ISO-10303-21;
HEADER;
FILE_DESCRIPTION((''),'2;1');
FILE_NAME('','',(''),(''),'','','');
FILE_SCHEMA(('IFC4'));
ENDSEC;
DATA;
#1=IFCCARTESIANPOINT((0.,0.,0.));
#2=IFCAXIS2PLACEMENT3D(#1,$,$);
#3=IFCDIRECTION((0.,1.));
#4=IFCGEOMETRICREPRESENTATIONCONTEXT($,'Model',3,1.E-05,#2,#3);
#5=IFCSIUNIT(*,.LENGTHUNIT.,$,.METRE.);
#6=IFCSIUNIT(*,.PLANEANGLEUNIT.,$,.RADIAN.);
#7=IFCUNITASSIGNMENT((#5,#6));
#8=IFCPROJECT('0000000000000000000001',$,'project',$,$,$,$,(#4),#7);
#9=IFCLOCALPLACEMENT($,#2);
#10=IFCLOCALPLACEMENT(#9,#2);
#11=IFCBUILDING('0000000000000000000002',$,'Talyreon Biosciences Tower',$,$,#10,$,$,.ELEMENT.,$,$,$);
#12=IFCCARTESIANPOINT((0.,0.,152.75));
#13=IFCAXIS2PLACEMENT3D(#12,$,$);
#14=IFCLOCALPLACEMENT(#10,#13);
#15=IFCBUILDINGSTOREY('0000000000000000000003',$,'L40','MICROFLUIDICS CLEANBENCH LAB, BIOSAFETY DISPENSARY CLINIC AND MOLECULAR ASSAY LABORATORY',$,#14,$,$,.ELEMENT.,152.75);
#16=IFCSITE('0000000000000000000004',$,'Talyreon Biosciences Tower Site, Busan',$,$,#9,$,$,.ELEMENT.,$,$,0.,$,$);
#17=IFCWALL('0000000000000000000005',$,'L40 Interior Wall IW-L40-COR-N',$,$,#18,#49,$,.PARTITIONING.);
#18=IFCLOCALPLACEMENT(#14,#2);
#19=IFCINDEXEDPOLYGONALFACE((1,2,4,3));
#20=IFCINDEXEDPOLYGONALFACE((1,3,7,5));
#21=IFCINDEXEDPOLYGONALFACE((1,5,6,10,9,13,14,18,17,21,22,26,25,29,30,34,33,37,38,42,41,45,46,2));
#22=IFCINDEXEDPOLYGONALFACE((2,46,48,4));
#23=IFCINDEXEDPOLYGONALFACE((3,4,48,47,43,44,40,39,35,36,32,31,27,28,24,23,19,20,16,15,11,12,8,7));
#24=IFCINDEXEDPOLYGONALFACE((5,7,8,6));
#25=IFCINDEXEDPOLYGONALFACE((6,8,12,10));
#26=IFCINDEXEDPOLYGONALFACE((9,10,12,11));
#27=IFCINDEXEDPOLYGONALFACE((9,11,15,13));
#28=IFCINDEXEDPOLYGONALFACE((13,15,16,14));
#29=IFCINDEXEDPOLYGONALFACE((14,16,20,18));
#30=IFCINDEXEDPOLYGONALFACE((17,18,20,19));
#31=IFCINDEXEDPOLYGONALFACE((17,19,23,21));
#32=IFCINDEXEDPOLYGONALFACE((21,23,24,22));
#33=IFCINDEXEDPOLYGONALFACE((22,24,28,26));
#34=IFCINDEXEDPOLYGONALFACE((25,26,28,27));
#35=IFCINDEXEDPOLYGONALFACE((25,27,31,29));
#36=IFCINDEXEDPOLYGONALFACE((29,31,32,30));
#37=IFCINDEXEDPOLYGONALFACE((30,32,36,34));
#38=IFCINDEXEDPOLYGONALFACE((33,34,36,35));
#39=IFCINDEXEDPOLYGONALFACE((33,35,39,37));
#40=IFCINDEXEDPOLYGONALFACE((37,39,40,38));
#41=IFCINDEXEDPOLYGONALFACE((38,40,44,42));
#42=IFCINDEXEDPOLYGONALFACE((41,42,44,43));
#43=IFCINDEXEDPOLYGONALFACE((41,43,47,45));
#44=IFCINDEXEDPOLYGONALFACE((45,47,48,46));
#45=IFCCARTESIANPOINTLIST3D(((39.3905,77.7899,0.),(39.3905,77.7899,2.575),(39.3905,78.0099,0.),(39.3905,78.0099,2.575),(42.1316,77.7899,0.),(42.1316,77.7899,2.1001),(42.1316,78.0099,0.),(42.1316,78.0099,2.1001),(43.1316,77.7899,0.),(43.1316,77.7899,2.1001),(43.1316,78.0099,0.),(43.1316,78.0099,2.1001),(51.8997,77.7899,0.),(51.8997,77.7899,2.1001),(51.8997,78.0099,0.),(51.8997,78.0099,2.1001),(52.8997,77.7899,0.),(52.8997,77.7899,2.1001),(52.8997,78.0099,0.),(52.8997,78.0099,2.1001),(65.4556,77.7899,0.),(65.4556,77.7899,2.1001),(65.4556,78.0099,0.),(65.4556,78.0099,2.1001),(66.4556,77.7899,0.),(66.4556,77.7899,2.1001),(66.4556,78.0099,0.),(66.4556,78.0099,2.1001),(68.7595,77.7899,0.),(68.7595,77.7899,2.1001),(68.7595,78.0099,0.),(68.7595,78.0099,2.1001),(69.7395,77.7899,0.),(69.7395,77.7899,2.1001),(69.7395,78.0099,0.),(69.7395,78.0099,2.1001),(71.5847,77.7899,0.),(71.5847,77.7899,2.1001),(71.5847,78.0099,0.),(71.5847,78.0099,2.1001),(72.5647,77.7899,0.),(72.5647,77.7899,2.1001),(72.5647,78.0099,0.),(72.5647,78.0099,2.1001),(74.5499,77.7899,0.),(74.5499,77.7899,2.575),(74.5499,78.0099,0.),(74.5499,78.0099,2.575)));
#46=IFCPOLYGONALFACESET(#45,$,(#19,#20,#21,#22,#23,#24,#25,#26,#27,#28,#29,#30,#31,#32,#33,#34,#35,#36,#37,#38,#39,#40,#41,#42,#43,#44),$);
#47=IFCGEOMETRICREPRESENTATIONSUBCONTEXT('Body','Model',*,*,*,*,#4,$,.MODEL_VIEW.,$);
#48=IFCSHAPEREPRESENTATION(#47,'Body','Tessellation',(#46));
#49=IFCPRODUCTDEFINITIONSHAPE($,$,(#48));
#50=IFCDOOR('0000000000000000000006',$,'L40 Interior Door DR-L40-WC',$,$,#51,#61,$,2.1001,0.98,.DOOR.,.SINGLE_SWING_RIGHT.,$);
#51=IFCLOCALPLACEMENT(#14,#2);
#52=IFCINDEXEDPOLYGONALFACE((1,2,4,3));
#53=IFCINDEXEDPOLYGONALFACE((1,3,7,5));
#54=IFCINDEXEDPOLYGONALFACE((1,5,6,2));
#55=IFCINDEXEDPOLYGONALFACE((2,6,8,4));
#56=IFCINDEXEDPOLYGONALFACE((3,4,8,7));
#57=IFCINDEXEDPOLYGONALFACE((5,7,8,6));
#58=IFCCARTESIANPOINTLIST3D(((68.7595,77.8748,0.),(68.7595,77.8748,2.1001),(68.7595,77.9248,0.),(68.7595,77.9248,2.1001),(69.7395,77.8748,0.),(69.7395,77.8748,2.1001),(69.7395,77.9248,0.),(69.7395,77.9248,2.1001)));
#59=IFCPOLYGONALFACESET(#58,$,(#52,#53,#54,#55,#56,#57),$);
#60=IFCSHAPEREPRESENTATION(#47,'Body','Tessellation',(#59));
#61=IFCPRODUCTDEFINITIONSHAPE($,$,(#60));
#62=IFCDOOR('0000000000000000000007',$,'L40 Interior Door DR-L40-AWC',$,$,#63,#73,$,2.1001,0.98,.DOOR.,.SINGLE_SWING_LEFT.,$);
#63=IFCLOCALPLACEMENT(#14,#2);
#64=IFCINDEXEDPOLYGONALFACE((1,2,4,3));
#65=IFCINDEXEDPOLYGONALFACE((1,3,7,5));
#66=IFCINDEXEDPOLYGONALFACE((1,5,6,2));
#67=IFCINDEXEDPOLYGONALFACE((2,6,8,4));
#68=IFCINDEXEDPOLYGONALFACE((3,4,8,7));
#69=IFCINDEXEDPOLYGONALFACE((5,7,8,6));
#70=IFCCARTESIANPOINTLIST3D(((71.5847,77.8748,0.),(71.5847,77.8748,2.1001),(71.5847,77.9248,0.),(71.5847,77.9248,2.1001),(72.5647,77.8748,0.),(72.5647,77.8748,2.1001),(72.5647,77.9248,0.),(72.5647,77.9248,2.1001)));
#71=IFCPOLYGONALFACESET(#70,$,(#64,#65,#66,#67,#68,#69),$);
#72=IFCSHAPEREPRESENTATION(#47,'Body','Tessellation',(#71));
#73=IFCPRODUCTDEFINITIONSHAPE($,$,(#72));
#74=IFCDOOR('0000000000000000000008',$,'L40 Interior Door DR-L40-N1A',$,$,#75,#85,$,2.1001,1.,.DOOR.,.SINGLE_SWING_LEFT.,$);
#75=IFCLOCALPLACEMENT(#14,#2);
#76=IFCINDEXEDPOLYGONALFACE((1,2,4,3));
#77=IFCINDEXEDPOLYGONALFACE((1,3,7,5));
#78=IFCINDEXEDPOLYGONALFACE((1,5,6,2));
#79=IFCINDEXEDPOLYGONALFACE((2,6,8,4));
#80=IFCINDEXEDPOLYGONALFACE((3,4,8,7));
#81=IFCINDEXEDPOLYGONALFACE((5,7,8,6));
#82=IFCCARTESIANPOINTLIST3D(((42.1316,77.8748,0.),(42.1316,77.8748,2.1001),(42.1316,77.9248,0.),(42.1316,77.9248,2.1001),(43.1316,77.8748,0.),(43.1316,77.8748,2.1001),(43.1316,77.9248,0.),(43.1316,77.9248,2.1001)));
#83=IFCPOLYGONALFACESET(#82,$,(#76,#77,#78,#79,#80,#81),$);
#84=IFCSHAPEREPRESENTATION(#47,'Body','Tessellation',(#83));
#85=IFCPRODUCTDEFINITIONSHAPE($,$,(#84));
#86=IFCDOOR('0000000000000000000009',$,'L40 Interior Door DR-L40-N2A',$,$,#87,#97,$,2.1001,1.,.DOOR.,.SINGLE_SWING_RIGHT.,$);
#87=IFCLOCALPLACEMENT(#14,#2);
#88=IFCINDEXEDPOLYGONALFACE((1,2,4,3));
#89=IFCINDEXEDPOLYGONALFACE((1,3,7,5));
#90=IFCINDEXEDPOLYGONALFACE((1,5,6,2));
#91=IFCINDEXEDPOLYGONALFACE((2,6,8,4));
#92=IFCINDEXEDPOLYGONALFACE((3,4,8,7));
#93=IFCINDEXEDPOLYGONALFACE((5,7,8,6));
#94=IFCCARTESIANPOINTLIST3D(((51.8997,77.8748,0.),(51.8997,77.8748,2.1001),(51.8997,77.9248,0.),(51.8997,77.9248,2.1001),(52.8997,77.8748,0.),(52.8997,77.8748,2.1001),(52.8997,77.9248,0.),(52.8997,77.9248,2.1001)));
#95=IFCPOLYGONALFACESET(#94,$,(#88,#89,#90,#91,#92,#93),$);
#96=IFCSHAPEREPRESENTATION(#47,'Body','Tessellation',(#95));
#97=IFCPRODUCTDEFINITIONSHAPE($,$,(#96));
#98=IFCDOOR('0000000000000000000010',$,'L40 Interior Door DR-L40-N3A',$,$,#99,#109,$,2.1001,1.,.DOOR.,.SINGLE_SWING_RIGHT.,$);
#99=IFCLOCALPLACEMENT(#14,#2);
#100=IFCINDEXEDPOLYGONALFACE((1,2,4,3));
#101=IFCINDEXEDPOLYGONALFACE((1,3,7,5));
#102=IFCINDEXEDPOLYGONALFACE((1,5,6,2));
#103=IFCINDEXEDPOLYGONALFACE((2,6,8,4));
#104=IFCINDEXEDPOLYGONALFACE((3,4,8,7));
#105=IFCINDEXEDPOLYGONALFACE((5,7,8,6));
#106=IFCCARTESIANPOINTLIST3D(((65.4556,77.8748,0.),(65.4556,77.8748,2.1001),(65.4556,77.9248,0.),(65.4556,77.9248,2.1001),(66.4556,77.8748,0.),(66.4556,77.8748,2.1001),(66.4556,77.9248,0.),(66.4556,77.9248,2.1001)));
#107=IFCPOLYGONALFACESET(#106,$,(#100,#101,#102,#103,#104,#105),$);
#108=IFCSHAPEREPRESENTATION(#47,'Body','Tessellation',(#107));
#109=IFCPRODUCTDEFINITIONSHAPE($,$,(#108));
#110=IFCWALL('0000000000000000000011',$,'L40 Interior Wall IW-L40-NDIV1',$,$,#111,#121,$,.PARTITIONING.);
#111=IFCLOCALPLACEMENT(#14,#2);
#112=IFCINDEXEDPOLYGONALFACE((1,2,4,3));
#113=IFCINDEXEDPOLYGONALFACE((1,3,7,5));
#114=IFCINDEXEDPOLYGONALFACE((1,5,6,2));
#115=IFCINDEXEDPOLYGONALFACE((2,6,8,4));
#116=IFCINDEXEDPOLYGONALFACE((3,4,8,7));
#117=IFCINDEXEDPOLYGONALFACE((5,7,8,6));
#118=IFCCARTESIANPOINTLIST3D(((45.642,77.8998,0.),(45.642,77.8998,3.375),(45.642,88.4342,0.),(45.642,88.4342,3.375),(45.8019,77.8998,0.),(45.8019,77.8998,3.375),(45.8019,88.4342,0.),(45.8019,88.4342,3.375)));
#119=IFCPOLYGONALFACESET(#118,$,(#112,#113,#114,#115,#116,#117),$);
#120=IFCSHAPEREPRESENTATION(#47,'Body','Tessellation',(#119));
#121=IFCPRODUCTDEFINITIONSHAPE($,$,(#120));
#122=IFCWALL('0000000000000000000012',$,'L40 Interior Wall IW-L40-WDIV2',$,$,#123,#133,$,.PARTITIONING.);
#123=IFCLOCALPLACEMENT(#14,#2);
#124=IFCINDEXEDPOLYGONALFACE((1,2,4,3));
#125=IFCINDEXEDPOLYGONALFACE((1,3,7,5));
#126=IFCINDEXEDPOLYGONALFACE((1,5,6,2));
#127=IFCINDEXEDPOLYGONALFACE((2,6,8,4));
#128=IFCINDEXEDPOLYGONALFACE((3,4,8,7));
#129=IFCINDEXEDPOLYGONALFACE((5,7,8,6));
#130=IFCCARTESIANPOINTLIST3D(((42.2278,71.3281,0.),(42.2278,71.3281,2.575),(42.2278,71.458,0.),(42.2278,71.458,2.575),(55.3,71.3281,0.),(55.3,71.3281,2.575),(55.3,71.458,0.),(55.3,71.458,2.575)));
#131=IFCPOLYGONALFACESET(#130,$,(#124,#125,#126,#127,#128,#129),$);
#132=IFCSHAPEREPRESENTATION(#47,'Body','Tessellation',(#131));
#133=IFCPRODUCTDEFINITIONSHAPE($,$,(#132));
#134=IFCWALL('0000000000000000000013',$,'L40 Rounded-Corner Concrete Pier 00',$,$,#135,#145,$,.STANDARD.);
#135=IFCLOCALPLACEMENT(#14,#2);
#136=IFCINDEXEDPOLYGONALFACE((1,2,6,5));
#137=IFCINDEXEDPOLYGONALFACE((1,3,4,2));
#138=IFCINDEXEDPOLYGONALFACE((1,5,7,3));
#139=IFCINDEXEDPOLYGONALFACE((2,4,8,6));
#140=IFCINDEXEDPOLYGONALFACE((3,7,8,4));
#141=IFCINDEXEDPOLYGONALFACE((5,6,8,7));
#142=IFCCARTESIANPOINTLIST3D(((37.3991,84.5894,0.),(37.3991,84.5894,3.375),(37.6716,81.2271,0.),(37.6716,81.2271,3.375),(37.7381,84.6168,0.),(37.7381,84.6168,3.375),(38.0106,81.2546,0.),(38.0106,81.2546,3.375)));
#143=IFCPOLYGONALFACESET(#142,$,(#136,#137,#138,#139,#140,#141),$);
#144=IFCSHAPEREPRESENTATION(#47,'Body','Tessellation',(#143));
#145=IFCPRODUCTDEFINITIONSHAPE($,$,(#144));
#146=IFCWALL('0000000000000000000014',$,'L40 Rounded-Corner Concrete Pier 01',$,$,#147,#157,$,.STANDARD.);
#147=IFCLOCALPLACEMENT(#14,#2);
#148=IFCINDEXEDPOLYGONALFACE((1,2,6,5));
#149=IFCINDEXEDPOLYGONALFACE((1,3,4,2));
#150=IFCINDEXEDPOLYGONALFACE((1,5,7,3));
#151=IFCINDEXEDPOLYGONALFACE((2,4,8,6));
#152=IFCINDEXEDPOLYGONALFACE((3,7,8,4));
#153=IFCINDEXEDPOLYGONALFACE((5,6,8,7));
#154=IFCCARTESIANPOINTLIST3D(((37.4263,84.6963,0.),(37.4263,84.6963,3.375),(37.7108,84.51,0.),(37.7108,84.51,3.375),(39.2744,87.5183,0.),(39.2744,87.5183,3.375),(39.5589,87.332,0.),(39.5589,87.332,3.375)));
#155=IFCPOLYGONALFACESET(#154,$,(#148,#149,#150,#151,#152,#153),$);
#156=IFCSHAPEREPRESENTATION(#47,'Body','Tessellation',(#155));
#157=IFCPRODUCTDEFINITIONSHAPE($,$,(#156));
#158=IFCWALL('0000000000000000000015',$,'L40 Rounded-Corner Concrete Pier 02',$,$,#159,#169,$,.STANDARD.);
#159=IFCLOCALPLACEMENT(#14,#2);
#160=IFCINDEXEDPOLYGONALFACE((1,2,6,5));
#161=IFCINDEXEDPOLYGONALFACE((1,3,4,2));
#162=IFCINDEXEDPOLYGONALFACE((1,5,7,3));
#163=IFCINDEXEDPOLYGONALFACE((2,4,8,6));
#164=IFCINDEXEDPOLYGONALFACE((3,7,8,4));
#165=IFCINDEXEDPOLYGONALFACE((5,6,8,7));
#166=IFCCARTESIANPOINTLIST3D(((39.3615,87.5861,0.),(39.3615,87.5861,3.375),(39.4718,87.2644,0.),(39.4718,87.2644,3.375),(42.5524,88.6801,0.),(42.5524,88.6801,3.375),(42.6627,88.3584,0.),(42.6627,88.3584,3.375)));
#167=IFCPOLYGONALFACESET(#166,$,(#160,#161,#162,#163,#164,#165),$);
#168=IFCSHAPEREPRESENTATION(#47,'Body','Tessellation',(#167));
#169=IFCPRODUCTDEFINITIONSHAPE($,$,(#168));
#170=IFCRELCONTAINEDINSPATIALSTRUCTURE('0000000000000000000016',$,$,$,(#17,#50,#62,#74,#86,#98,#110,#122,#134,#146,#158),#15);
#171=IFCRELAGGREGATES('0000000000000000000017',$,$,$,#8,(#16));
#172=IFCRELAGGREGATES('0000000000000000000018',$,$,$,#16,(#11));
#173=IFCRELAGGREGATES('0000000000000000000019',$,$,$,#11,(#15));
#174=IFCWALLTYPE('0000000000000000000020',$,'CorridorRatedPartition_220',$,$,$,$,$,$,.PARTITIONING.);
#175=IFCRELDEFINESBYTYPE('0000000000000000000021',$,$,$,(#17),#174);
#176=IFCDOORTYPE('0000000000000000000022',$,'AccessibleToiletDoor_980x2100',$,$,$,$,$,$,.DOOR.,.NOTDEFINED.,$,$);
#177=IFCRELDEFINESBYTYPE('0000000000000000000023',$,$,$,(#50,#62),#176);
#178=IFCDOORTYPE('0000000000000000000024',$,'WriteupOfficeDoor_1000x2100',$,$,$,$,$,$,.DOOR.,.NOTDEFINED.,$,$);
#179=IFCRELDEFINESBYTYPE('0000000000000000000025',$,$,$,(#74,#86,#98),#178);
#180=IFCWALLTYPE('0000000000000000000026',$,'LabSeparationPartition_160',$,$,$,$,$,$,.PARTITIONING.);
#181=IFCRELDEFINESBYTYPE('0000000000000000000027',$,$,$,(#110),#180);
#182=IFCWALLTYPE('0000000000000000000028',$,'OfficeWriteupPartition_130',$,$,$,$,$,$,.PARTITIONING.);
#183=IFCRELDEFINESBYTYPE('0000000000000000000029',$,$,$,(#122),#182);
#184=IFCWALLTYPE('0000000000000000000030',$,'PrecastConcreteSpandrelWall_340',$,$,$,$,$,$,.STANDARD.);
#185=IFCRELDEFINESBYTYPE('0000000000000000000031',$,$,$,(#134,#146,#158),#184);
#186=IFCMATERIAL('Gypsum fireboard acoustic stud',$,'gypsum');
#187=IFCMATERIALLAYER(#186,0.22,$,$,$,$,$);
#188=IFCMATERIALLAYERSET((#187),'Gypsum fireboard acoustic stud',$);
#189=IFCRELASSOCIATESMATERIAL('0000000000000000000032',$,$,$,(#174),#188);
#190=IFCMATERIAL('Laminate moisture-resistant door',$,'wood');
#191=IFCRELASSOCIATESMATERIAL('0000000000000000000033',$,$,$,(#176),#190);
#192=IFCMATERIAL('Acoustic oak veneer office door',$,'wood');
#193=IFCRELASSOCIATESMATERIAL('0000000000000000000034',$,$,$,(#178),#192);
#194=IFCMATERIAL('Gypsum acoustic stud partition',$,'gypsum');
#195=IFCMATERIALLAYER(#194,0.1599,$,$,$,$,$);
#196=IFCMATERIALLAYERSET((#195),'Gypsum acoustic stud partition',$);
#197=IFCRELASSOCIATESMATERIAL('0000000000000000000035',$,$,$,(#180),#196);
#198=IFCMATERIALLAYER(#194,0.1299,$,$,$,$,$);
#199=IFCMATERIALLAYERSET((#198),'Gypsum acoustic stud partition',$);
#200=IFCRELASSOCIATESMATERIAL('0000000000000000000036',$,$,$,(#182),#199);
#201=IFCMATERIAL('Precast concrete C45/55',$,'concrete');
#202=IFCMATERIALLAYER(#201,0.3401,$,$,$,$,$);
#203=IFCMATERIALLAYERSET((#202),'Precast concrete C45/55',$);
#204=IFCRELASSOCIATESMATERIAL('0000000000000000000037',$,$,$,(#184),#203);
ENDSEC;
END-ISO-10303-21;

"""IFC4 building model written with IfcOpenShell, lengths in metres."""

from ifc_helpers import new_model, si_unit, direction, frame, frame_2d, origin, place, context, subcontext, project, spatial, rectangle, extrude, material, layer, layer_set, type_object, element, fill, save


model = new_model("IFC4")

# Units and contexts
model_context = context("Model", 3, precision=1e-05, world=origin(), true_north=direction((0.0, 1.0)))
body_context = subcontext(model_context, "Body", "Model", "MODEL_VIEW")
ifc_project = project(units=[si_unit("LENGTHUNIT", "METRE"), si_unit("PLANEANGLEUNIT", "RADIAN")], contexts=[model_context])

# Site, building, storey
site_placement = place(None, origin())
site = spatial("IfcSite", under=ifc_project, at=site_placement, Name="Talyreon Biosciences Tower Site, Busan", CompositionType="ELEMENT", RefElevation=0.0)
building_placement = place(site_placement, origin())
building = spatial("IfcBuilding", under=site, at=building_placement, Name="Talyreon Biosciences Tower", CompositionType="ELEMENT")
storey_placement = place(building_placement, frame((0.0, 0.0, 152.75)))
storey = spatial("IfcBuildingStorey", under=building, at=storey_placement, Name="L40", Description="MICROFLUIDICS CLEANBENCH LAB, BIOSAFETY DISPENSARY CLINIC AND MOLECULAR ASSAY LABORATORY", CompositionType="ELEMENT", Elevation=152.75)

# Shared definitions
ifc_material_1 = material(Name="Precast concrete C45/55", Category="concrete")

# Wall, openings, doors
ifc_material_2 = material(Name="Gypsum fireboard acoustic stud", Category="gypsum")
ifc_layer_1 = layer(ifc_material_2, 0.22)
ifc_layer_set_1 = layer_set([ifc_layer_1], Name="Gypsum fireboard acoustic stud")
wall_type_1 = type_object("IfcWallType", Name="CorridorRatedPartition_220", PredefinedType="PARTITIONING", material=ifc_layer_set_1)
wall_1_placement = place(storey_placement, frame((39.3906, 77.8999, 0.0), z_axis=(0.0, 0.0, 1.0), x_axis=(1.0, 0.0, 0.0)))
wall_1 = element("IfcWall", 1, at=wall_1_placement, inside=storey, type_object=wall_type_1, Name="L40 Interior Wall IW-L40-COR-N", PredefinedType="PARTITIONING", context=body_context, shape_type="SweptSolid", body=[
    extrude(rectangle(XDim=35.1594, YDim=0.22, at=frame_2d((17.5796, 0.0))), origin(), (0.0, 0.0, 1.0), 2.575),
])
opening_1_placement = place(wall_1_placement, frame((29.3689, 0.0, 0.0)))
opening_1 = element("IfcOpeningElement", 2, at=opening_1_placement, cuts=wall_1, PredefinedType="OPENING", context=body_context, shape_type="SweptSolid", body=[
    extrude(rectangle(XDim=0.98, YDim=2.1001, at=frame_2d((0.49, 1.05))), frame((0.0, 0.1199, 0.0), z_axis=(0.0, -1.0, 0.0), x_axis=(1.0, 0.0, 0.0)), (0.0, 0.0, 1.0), 0.24),
])
opening_2_placement = place(wall_1_placement, frame((32.1941, 0.0, 0.0)))
opening_2 = element("IfcOpeningElement", 3, at=opening_2_placement, cuts=wall_1, PredefinedType="OPENING", context=body_context, shape_type="SweptSolid", body=[
    extrude(rectangle(XDim=0.98, YDim=2.1001, at=frame_2d((0.49, 1.05))), frame((0.0, 0.1199, 0.0), z_axis=(0.0, -1.0, 0.0), x_axis=(1.0, 0.0, 0.0)), (0.0, 0.0, 1.0), 0.24),
])
opening_3_placement = place(wall_1_placement, frame((2.741, 0.0, 0.0)))
opening_3 = element("IfcOpeningElement", 4, at=opening_3_placement, cuts=wall_1, PredefinedType="OPENING", context=body_context, shape_type="SweptSolid", body=[
    extrude(rectangle(XDim=1.0, YDim=2.1001, at=frame_2d((0.5, 1.05))), frame((0.0, 0.1199, 0.0), z_axis=(0.0, -1.0, 0.0), x_axis=(1.0, 0.0, 0.0)), (0.0, 0.0, 1.0), 0.24),
])
opening_4_placement = place(wall_1_placement, frame((12.509, 0.0, 0.0)))
opening_4 = element("IfcOpeningElement", 5, at=opening_4_placement, cuts=wall_1, PredefinedType="OPENING", context=body_context, shape_type="SweptSolid", body=[
    extrude(rectangle(XDim=1.0, YDim=2.1001, at=frame_2d((0.5, 1.05))), frame((0.0, 0.1199, 0.0), z_axis=(0.0, -1.0, 0.0), x_axis=(1.0, 0.0, 0.0)), (0.0, 0.0, 1.0), 0.24),
])
opening_5_placement = place(wall_1_placement, frame((26.0649, 0.0, 0.0)))
opening_5 = element("IfcOpeningElement", 6, at=opening_5_placement, cuts=wall_1, PredefinedType="OPENING", context=body_context, shape_type="SweptSolid", body=[
    extrude(rectangle(XDim=1.0, YDim=2.1001, at=frame_2d((0.5, 1.05))), frame((0.0, 0.1199, 0.0), z_axis=(0.0, -1.0, 0.0), x_axis=(1.0, 0.0, 0.0)), (0.0, 0.0, 1.0), 0.24),
])
ifc_material_3 = material(Name="Laminate moisture-resistant door", Category="wood")
door_type_1 = type_object("IfcDoorType", Name="AccessibleToiletDoor_980x2100", OperationType="NOTDEFINED", PredefinedType="DOOR", material=ifc_material_3)
door_1_placement = place(opening_1_placement, origin())
door_1 = element("IfcDoor", 7, at=door_1_placement, inside=storey, type_object=door_type_1, Name="L40 Interior Door DR-L40-WC", OperationType="SINGLE_SWING_RIGHT", OverallHeight=2.1001, OverallWidth=0.98, PredefinedType="DOOR", context=body_context, shape_type="SweptSolid", body=[
    extrude(rectangle(XDim=0.98, YDim=2.1001, at=frame_2d((0.49, 1.05))), frame((0.0, 0.0249, 0.0), z_axis=(0.0, -1.0, 0.0), x_axis=(1.0, 0.0, 0.0)), (0.0, 0.0, 1.0), 0.05),
])
fill(opening_1, door_1)
door_2_placement = place(opening_2_placement, origin())
door_2 = element("IfcDoor", 8, at=door_2_placement, inside=storey, type_object=door_type_1, Name="L40 Interior Door DR-L40-AWC", OperationType="SINGLE_SWING_LEFT", OverallHeight=2.1001, OverallWidth=0.98, PredefinedType="DOOR", context=body_context, shape_type="SweptSolid", body=[
    extrude(rectangle(XDim=0.98, YDim=2.1001, at=frame_2d((0.49, 1.05))), frame((0.0, 0.0249, 0.0), z_axis=(0.0, -1.0, 0.0), x_axis=(1.0, 0.0, 0.0)), (0.0, 0.0, 1.0), 0.05),
])
fill(opening_2, door_2)
ifc_material_4 = material(Name="Acoustic oak veneer office door", Category="wood")
door_type_2 = type_object("IfcDoorType", Name="WriteupOfficeDoor_1000x2100", OperationType="NOTDEFINED", PredefinedType="DOOR", material=ifc_material_4)
door_3_placement = place(opening_3_placement, origin())
door_3 = element("IfcDoor", 9, at=door_3_placement, inside=storey, type_object=door_type_2, Name="L40 Interior Door DR-L40-N1A", OperationType="SINGLE_SWING_LEFT", OverallHeight=2.1001, OverallWidth=1.0, PredefinedType="DOOR", context=body_context, shape_type="SweptSolid", body=[
    extrude(rectangle(XDim=1.0, YDim=2.1001, at=frame_2d((0.5, 1.05))), frame((0.0, 0.0249, 0.0), z_axis=(0.0, -1.0, 0.0), x_axis=(1.0, 0.0, 0.0)), (0.0, 0.0, 1.0), 0.05),
])
fill(opening_3, door_3)
door_4_placement = place(opening_4_placement, origin())
door_4 = element("IfcDoor", 10, at=door_4_placement, inside=storey, type_object=door_type_2, Name="L40 Interior Door DR-L40-N2A", OperationType="SINGLE_SWING_RIGHT", OverallHeight=2.1001, OverallWidth=1.0, PredefinedType="DOOR", context=body_context, shape_type="SweptSolid", body=[
    extrude(rectangle(XDim=1.0, YDim=2.1001, at=frame_2d((0.5, 1.05))), frame((0.0, 0.0249, 0.0), z_axis=(0.0, -1.0, 0.0), x_axis=(1.0, 0.0, 0.0)), (0.0, 0.0, 1.0), 0.05),
])
fill(opening_4, door_4)
door_5_placement = place(opening_5_placement, origin())
door_5 = element("IfcDoor", 11, at=door_5_placement, inside=storey, type_object=door_type_2, Name="L40 Interior Door DR-L40-N3A", OperationType="SINGLE_SWING_RIGHT", OverallHeight=2.1001, OverallWidth=1.0, PredefinedType="DOOR", context=body_context, shape_type="SweptSolid", body=[
    extrude(rectangle(XDim=1.0, YDim=2.1001, at=frame_2d((0.5, 1.05))), frame((0.0, 0.0249, 0.0), z_axis=(0.0, -1.0, 0.0), x_axis=(1.0, 0.0, 0.0)), (0.0, 0.0, 1.0), 0.05),
])
fill(opening_5, door_5)

# Walls
ifc_material_5 = material(Name="Gypsum acoustic stud partition", Category="gypsum")
ifc_layer_2 = layer(ifc_material_5, 0.1599)
ifc_layer_set_2 = layer_set([ifc_layer_2], Name="Gypsum acoustic stud partition")
wall_type_2 = type_object("IfcWallType", Name="LabSeparationPartition_160", PredefinedType="PARTITIONING", material=ifc_layer_set_2)
wall_2_placement = place(storey_placement, frame((45.7219, 77.8999, 0.0), z_axis=(0.0, 0.0, 1.0), x_axis=(0.0, 1.0, 0.0)))
element("IfcWall", 12, at=wall_2_placement, inside=storey, type_object=wall_type_2, Name="L40 Interior Wall IW-L40-NDIV1", PredefinedType="PARTITIONING", context=body_context, shape_type="SweptSolid", body=[
    extrude(rectangle(XDim=10.5344, YDim=0.1599, at=frame_2d((5.2671, 0.0))), origin(), (0.0, 0.0, 1.0), 3.375),
])
ifc_layer_3 = layer(ifc_material_5, 0.1299)
ifc_layer_set_3 = layer_set([ifc_layer_3], Name="Gypsum acoustic stud partition")
wall_type_3 = type_object("IfcWallType", Name="OfficeWriteupPartition_130", PredefinedType="PARTITIONING", material=ifc_layer_set_3)
wall_3_placement = place(storey_placement, frame((42.2278, 71.3931, 0.0), z_axis=(0.0, 0.0, 1.0), x_axis=(1.0, 0.0, 0.0)))
element("IfcWall", 13, at=wall_3_placement, inside=storey, type_object=wall_type_3, Name="L40 Interior Wall IW-L40-WDIV2", PredefinedType="PARTITIONING", context=body_context, shape_type="SweptSolid", body=[
    extrude(rectangle(XDim=13.0723, YDim=0.1299, at=frame_2d((6.5361, 0.0))), origin(), (0.0, 0.0, 1.0), 2.575),
])
ifc_layer_4 = layer(ifc_material_1, 0.3401)
ifc_layer_set_4 = layer_set([ifc_layer_4], Name="Precast concrete C45/55")
wall_type_4 = type_object("IfcWallType", Name="PrecastConcreteSpandrelWall_340", PredefinedType="STANDARD", material=ifc_layer_set_4)
for number, where, z_axis, x_axis, name in (
    (14, (37.8411, 81.241, 0.0), (0.0, 0.0, 1.0), (-0.080769, 0.996733, 0.0), "L40 Rounded-Corner Concrete Pier 00"),
    (15, (37.5686, 84.6033, 0.0), (0.0, 0.0, 1.0), (0.547867, 0.836565, 0.0), "L40 Rounded-Corner Concrete Pier 01"),
    (16, (39.4167, 87.4253, 0.0), (0.0, 0.0, 1.0), (0.945949, 0.324315, 0.0), "L40 Rounded-Corner Concrete Pier 02"),
):
    element("IfcWall", number, at=place(storey_placement, frame(where, z_axis=z_axis, x_axis=x_axis)), inside=storey, type_object=wall_type_4, Name=name, PredefinedType="STANDARD", context=body_context, shape_type="SweptSolid", body=[
        extrude(rectangle(XDim=3.3733, YDim=0.3401, at=frame_2d((1.6865, 0.0))), origin(), (0.0, 0.0, 1.0), 3.375),
    ])

save(model, "model.ifc")
